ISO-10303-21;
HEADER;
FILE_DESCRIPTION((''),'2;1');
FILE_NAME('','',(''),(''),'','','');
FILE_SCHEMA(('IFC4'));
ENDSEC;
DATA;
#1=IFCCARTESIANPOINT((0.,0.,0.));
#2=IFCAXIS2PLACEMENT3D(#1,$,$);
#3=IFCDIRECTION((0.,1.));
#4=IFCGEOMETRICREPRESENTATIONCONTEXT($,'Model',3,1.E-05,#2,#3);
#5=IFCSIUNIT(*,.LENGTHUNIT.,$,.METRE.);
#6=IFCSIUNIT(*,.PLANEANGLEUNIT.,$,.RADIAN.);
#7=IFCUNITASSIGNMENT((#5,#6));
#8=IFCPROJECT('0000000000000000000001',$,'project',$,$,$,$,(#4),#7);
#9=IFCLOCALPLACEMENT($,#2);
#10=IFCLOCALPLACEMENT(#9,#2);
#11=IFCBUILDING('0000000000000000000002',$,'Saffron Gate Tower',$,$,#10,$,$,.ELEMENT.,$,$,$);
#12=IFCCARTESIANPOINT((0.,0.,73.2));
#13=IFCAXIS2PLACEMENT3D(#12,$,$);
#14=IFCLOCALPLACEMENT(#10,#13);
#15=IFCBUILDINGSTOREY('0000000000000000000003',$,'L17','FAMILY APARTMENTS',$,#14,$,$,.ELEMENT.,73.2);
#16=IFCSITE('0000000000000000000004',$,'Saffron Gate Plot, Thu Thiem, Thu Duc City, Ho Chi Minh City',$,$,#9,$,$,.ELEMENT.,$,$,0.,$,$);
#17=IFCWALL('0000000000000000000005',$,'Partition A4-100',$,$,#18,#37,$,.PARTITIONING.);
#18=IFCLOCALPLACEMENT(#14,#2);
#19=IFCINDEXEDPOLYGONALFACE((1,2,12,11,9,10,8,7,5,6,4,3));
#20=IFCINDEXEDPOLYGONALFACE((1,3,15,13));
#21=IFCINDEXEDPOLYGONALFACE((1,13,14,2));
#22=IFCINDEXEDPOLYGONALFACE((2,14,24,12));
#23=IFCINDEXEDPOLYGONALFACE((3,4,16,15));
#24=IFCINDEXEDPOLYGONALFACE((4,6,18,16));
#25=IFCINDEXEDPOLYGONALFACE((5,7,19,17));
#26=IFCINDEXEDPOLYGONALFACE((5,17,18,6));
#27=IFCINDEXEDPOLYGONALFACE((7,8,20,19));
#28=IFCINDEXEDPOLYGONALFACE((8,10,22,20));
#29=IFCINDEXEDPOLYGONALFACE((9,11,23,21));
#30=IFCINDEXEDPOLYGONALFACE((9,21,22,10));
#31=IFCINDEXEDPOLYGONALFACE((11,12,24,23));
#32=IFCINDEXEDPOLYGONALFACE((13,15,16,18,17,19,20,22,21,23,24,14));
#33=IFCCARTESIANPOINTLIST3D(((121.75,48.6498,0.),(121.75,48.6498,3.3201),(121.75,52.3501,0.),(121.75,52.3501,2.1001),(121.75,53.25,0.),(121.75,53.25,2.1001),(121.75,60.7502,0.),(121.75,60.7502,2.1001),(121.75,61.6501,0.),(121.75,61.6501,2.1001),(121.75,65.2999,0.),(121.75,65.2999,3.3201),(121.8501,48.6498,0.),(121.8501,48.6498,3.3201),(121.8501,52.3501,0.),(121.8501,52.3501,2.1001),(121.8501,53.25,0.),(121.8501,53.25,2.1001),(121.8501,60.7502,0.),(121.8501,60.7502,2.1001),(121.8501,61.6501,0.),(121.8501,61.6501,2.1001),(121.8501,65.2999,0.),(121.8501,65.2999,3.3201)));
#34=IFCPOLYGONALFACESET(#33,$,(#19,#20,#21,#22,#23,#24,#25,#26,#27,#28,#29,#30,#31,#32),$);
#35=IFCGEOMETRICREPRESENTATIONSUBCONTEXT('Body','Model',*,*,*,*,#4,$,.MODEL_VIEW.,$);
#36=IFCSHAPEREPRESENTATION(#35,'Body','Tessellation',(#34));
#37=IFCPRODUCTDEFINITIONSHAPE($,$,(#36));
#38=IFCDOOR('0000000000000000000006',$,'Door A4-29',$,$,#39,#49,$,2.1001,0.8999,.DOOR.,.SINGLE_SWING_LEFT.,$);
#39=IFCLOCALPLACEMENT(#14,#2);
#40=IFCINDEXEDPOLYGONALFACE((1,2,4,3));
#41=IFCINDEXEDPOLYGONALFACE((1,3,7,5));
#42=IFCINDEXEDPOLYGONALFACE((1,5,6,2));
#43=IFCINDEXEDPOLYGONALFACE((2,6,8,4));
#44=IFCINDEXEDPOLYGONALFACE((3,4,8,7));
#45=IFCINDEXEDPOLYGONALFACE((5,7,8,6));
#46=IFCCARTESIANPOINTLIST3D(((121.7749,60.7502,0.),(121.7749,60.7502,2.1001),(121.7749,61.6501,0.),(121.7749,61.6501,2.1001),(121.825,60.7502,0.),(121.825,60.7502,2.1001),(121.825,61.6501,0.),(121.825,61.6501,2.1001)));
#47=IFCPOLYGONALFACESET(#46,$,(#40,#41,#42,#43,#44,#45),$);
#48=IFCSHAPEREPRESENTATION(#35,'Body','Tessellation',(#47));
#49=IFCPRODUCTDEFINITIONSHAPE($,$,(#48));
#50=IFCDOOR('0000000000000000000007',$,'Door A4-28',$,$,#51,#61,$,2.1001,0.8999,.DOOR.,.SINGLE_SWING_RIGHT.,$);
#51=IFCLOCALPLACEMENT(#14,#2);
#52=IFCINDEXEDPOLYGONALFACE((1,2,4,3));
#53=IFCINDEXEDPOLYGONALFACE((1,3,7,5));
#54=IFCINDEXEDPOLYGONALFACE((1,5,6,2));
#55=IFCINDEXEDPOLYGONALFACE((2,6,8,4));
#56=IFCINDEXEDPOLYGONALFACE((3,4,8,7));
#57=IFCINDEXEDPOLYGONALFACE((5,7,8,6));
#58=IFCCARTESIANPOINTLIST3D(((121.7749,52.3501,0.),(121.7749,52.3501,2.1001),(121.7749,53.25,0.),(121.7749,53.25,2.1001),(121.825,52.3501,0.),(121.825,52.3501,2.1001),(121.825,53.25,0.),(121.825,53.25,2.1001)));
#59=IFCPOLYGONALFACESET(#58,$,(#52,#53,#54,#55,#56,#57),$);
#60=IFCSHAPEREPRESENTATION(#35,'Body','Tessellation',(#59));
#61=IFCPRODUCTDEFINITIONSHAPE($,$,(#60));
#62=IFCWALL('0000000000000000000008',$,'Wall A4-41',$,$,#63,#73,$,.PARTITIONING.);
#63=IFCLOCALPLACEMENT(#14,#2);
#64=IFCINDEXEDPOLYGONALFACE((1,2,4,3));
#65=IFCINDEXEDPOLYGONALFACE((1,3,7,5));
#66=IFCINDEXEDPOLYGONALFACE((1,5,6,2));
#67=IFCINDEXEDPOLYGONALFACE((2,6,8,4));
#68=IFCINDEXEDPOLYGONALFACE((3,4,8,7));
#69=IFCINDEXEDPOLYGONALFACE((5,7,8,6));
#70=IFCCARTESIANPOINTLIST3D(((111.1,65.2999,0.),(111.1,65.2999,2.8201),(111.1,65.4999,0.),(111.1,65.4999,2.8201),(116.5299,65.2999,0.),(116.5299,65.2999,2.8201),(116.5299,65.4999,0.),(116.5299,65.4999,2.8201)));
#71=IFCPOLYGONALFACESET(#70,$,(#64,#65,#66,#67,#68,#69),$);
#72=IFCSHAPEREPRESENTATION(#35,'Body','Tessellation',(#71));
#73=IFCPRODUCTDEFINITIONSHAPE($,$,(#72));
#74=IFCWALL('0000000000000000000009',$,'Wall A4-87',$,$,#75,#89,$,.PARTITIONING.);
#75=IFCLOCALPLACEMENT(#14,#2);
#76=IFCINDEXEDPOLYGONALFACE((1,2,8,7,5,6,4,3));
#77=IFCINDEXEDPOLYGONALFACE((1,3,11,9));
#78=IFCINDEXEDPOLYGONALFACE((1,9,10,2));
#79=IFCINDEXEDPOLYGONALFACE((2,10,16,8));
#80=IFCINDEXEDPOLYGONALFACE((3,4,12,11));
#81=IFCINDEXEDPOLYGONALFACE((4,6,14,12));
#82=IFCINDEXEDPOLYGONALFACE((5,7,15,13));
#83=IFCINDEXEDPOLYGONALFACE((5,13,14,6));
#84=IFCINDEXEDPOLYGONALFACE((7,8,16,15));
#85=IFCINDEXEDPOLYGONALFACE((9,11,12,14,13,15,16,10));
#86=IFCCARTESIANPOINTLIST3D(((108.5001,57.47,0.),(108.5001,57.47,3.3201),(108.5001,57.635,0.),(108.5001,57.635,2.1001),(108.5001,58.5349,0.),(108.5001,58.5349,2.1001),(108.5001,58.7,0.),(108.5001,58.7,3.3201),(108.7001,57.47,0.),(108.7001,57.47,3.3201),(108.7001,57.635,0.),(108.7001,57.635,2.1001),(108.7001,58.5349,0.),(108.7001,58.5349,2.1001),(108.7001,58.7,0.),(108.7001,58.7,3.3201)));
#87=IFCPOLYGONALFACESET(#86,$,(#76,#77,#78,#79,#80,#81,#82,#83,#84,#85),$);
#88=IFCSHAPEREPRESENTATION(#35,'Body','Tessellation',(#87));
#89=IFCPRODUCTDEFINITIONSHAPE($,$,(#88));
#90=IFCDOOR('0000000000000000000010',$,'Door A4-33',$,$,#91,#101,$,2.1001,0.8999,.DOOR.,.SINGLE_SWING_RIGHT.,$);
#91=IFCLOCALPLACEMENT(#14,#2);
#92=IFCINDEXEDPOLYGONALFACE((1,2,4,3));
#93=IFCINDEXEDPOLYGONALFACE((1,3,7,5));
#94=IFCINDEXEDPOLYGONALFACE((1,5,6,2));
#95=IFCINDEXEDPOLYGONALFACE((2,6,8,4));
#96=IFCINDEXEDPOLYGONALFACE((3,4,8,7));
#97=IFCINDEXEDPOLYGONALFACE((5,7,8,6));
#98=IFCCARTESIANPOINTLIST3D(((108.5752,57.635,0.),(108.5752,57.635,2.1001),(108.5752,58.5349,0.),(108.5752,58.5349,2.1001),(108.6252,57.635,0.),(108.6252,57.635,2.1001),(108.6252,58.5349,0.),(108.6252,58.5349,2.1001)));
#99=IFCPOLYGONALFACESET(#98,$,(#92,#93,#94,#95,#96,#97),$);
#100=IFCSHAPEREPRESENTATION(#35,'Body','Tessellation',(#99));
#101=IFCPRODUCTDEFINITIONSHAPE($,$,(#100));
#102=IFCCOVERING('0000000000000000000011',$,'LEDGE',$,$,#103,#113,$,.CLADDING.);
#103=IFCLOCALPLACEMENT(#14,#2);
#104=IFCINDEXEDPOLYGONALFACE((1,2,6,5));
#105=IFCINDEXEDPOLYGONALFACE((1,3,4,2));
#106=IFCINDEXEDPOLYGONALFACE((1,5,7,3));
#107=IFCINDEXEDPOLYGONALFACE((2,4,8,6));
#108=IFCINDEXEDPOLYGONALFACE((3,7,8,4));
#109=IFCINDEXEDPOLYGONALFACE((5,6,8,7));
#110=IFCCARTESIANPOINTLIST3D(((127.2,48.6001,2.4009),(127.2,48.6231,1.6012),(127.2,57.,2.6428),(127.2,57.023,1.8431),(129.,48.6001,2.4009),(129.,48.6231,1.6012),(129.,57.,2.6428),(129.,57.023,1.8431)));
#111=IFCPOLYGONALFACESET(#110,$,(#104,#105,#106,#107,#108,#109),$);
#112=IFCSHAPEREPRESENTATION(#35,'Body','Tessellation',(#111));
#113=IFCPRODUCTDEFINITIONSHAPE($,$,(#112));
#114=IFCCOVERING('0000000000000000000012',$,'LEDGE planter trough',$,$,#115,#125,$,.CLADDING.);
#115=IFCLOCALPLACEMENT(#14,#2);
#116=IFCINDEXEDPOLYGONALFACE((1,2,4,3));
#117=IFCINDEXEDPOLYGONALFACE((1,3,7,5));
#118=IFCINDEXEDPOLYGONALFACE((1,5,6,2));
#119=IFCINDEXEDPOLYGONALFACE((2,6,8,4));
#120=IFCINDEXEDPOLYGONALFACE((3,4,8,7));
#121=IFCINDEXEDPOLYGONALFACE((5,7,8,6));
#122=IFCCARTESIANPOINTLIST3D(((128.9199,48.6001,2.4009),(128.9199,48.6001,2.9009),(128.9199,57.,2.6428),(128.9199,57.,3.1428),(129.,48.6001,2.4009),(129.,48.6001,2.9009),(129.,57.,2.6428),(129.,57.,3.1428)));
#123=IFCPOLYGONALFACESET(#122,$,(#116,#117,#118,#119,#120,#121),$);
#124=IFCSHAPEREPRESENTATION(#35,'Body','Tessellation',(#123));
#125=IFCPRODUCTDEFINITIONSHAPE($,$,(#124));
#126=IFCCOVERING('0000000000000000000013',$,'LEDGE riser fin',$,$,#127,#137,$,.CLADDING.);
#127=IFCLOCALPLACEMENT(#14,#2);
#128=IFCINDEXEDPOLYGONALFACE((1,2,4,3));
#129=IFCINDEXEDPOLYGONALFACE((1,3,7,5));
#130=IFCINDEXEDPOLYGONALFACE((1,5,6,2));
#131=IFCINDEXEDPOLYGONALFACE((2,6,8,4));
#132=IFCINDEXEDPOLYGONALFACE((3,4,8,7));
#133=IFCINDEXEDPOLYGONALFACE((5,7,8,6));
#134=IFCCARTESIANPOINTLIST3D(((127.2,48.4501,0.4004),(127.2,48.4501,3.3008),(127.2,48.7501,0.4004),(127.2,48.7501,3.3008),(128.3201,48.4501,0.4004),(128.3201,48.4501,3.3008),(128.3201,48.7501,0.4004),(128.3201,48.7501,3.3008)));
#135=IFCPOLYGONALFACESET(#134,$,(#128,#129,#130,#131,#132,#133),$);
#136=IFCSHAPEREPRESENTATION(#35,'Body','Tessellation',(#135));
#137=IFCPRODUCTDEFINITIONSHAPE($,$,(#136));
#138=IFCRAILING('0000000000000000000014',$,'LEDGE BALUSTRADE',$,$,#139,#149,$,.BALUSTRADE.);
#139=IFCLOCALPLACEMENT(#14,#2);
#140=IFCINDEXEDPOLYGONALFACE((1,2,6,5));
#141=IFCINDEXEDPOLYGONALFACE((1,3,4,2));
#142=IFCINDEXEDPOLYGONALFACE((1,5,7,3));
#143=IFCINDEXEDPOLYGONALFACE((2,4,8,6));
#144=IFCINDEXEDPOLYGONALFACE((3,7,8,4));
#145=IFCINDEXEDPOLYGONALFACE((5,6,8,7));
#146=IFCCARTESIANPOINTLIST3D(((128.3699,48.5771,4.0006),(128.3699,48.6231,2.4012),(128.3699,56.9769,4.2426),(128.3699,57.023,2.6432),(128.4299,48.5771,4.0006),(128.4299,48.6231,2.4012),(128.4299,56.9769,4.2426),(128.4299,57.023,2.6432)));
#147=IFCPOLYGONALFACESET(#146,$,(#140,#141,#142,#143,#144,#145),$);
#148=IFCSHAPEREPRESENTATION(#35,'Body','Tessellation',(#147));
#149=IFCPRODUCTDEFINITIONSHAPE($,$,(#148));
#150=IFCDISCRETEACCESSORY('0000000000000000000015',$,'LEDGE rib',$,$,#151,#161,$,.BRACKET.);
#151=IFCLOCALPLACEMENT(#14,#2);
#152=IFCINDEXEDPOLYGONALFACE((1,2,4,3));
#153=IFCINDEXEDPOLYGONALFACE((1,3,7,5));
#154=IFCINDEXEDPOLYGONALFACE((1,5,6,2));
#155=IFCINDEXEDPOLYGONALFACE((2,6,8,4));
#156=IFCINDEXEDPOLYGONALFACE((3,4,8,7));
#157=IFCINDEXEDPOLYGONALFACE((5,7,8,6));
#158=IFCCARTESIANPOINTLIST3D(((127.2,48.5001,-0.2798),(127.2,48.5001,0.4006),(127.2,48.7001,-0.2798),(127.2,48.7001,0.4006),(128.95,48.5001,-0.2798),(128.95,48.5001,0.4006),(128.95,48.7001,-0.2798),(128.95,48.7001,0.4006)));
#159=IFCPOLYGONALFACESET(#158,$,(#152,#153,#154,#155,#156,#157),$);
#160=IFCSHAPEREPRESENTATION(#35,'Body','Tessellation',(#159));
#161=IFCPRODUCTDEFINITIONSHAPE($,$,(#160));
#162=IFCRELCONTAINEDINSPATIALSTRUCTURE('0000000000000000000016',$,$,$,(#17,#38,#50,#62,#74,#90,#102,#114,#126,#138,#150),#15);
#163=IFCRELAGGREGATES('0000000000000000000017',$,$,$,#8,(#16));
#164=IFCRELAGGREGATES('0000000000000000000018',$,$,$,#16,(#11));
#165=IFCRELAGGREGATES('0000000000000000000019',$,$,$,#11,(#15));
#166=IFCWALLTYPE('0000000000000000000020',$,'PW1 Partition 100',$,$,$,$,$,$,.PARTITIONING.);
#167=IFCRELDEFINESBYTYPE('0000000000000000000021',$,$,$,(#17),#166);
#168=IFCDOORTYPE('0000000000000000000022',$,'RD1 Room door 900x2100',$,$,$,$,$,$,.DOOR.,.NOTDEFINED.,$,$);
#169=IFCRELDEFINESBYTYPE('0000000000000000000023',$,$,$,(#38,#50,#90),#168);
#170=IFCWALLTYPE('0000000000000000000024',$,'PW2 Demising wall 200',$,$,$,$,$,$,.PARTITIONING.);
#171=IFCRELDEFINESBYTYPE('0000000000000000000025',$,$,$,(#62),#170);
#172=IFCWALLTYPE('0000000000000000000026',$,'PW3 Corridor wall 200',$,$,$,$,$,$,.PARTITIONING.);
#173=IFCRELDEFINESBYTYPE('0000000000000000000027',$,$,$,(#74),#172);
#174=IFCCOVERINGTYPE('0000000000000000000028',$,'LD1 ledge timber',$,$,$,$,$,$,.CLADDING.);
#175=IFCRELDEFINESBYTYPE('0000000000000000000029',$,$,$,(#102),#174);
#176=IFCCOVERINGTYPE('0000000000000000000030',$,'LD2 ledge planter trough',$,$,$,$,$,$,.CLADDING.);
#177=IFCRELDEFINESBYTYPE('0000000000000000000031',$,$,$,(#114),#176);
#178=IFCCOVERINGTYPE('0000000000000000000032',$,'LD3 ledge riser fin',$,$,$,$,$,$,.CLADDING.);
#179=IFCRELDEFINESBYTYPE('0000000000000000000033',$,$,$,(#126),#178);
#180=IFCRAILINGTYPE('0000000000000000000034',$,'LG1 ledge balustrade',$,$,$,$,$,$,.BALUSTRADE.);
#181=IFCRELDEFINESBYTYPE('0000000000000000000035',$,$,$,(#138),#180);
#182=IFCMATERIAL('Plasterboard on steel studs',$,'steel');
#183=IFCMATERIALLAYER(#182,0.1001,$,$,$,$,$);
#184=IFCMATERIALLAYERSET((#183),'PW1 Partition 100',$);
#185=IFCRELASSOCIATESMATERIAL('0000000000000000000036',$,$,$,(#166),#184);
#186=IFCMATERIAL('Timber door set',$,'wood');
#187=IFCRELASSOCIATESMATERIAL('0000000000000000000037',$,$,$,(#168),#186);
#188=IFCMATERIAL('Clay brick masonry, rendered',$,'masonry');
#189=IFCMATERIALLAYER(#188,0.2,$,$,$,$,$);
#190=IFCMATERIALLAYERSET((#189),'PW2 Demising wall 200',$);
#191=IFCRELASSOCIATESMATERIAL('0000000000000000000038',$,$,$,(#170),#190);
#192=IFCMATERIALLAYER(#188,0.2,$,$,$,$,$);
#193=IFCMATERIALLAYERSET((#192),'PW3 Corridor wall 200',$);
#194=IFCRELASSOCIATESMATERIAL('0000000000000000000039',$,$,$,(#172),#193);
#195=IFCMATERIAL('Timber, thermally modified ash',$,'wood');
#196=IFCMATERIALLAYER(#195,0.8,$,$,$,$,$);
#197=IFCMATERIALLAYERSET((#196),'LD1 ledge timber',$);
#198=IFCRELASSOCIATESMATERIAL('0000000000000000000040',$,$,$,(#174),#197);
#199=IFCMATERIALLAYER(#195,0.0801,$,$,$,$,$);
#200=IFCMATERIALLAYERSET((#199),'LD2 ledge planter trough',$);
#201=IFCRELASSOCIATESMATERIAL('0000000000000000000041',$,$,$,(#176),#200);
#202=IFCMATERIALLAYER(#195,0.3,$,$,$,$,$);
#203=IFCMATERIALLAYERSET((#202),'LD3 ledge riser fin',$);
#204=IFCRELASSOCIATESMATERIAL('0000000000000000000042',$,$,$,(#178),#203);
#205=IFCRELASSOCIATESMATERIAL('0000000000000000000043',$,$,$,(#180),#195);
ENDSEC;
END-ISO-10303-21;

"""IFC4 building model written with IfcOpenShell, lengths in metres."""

from ifc_helpers import new_model, si_unit, direction, frame, frame_2d, origin, origin_2d, place, context, subcontext, project, spatial, polyline, rectangle, outline, extrude, material, layer, layer_set, type_object, element, fill, save


model = new_model("IFC4")

# Units and contexts
model_context = context("Model", 3, precision=1e-05, world=origin(), true_north=direction((0.0, 1.0)))
body_context = subcontext(model_context, "Body", "Model", "MODEL_VIEW")
ifc_project = project(units=[si_unit("LENGTHUNIT", "METRE"), si_unit("PLANEANGLEUNIT", "RADIAN")], contexts=[model_context])

# Site, building, storey
site_placement = place(None, origin())
site = spatial("IfcSite", under=ifc_project, at=site_placement, Name="Saffron Gate Plot, Thu Thiem, Thu Duc City, Ho Chi Minh City", CompositionType="ELEMENT", RefElevation=0.0)
building_placement = place(site_placement, origin())
building = spatial("IfcBuilding", under=site, at=building_placement, Name="Saffron Gate Tower", CompositionType="ELEMENT")
storey_placement = place(building_placement, frame((0.0, 0.0, 73.2)))
storey = spatial("IfcBuildingStorey", under=building, at=storey_placement, Name="L17", Description="FAMILY APARTMENTS", CompositionType="ELEMENT", Elevation=73.2)

# Shared definitions
ifc_material_1 = material(Name="Plasterboard on steel studs", Category="steel")
ifc_layer_1 = layer(ifc_material_1, 0.1001)
ifc_layer_set_1 = layer_set([ifc_layer_1], Name="PW1 Partition 100")
wall_type_1 = type_object("IfcWallType", Name="PW1 Partition 100", PredefinedType="PARTITIONING", material=ifc_layer_set_1)

# Shared definitions
ifc_material_2 = material(Name="Timber door set", Category="wood")

# Wall, openings, doors
door_type_1 = type_object("IfcDoorType", Name="RD1 Room door 900x2100", OperationType="NOTDEFINED", PredefinedType="DOOR", material=ifc_material_2)
wall_1_placement = place(storey_placement, frame((121.8, 65.3, 0.0), z_axis=(0.0, 0.0, 1.0), x_axis=(0.0, -1.0, 0.0)))
wall_1 = element("IfcWall", 1, at=wall_1_placement, inside=storey, type_object=wall_type_1, Name="Partition A4-100", PredefinedType="PARTITIONING", context=body_context, shape_type="SweptSolid", body=[
    extrude(rectangle(XDim=16.6501, YDim=0.1001, at=frame_2d((8.3252, 0.0))), origin(), (0.0, 0.0, 1.0), 3.3201),
])
opening_1_placement = place(wall_1_placement, frame((3.6499, 0.0, 0.0)))
opening_1 = element("IfcOpeningElement", 2, at=opening_1_placement, cuts=wall_1, PredefinedType="OPENING", context=body_context, shape_type="SweptSolid", body=[
    extrude(rectangle(XDim=0.8999, YDim=2.1001, at=frame_2d((0.45, 1.05))), frame((0.0, 0.0601, 0.0), z_axis=(0.0, -1.0, 0.0), x_axis=(1.0, 0.0, 0.0)), (0.0, 0.0, 1.0), 0.1201),
])
opening_2_placement = place(wall_1_placement, frame((12.05, 0.0, 0.0)))
opening_2 = element("IfcOpeningElement", 3, at=opening_2_placement, cuts=wall_1, PredefinedType="OPENING", context=body_context, shape_type="SweptSolid", body=[
    extrude(rectangle(XDim=0.8999, YDim=2.1001, at=frame_2d((0.45, 1.05))), frame((0.0, 0.0601, 0.0), z_axis=(0.0, -1.0, 0.0), x_axis=(1.0, 0.0, 0.0)), (0.0, 0.0, 1.0), 0.1201),
])
door_1_placement = place(opening_1_placement, origin())
door_1 = element("IfcDoor", 4, at=door_1_placement, inside=storey, type_object=door_type_1, Name="Door A4-29", OperationType="SINGLE_SWING_LEFT", OverallHeight=2.1001, OverallWidth=0.8999, PredefinedType="DOOR", context=body_context, shape_type="SweptSolid", body=[
    extrude(rectangle(XDim=0.8999, YDim=2.1001, at=frame_2d((0.45, 1.05))), frame((0.0, 0.0249, 0.0), z_axis=(0.0, -1.0, 0.0), x_axis=(1.0, 0.0, 0.0)), (0.0, 0.0, 1.0), 0.05),
])
fill(opening_1, door_1)
door_2_placement = place(opening_2_placement, origin())
door_2 = element("IfcDoor", 5, at=door_2_placement, inside=storey, type_object=door_type_1, Name="Door A4-28", OperationType="SINGLE_SWING_RIGHT", OverallHeight=2.1001, OverallWidth=0.8999, PredefinedType="DOOR", context=body_context, shape_type="SweptSolid", body=[
    extrude(rectangle(XDim=0.8999, YDim=2.1001, at=frame_2d((0.45, 1.05))), frame((0.0, 0.0249, 0.0), z_axis=(0.0, -1.0, 0.0), x_axis=(1.0, 0.0, 0.0)), (0.0, 0.0, 1.0), 0.05),
])
fill(opening_2, door_2)

# Wall
ifc_material_3 = material(Name="Clay brick masonry, rendered", Category="masonry")
ifc_layer_2 = layer(ifc_material_3, 0.2)
ifc_layer_set_2 = layer_set([ifc_layer_2], Name="PW2 Demising wall 200")
wall_type_2 = type_object("IfcWallType", Name="PW2 Demising wall 200", PredefinedType="PARTITIONING", material=ifc_layer_set_2)
wall_2_placement = place(storey_placement, frame((111.1001, 65.3999, 0.0), z_axis=(0.0, 0.0, 1.0), x_axis=(1.0, 0.0, 0.0)))
element("IfcWall", 6, at=wall_2_placement, inside=storey, type_object=wall_type_2, Name="Wall A4-41", PredefinedType="PARTITIONING", context=body_context, shape_type="SweptSolid", body=[
    extrude(rectangle(XDim=5.4299, YDim=0.2, at=frame_2d((2.7148, 0.0))), origin(), (0.0, 0.0, 1.0), 2.8201),
])

# Wall, opening, door
ifc_layer_3 = layer(ifc_material_3, 0.2)
ifc_layer_set_3 = layer_set([ifc_layer_3], Name="PW3 Corridor wall 200")
wall_type_3 = type_object("IfcWallType", Name="PW3 Corridor wall 200", PredefinedType="PARTITIONING", material=ifc_layer_set_3)
wall_3_placement = place(storey_placement, frame((108.6001, 57.47, 0.0), z_axis=(0.0, 0.0, 1.0), x_axis=(0.0, 1.0, 0.0)))
wall_3 = element("IfcWall", 7, at=wall_3_placement, inside=storey, type_object=wall_type_3, Name="Wall A4-87", PredefinedType="PARTITIONING", context=body_context, shape_type="SweptSolid", body=[
    extrude(rectangle(XDim=1.23, YDim=0.2, at=frame_2d((0.615, 0.0))), origin(), (0.0, 0.0, 1.0), 3.3201),
])
opening_3_placement = place(wall_3_placement, frame((0.165, 0.0, 0.0)))
opening_3 = element("IfcOpeningElement", 8, at=opening_3_placement, cuts=wall_3, PredefinedType="OPENING", context=body_context, shape_type="SweptSolid", body=[
    extrude(rectangle(XDim=0.8999, YDim=2.1001, at=frame_2d((0.45, 1.05))), frame((0.0, 0.1099, 0.0), z_axis=(0.0, -1.0, 0.0), x_axis=(1.0, 0.0, 0.0)), (0.0, 0.0, 1.0), 0.22),
])
door_3_placement = place(opening_3_placement, origin())
door_3 = element("IfcDoor", 9, at=door_3_placement, inside=storey, type_object=door_type_1, Name="Door A4-33", OperationType="SINGLE_SWING_RIGHT", OverallHeight=2.1001, OverallWidth=0.8999, PredefinedType="DOOR", context=body_context, shape_type="SweptSolid", body=[
    extrude(rectangle(XDim=0.8999, YDim=2.1001, at=frame_2d((0.45, 1.05))), frame((0.0, 0.0249, 0.0), z_axis=(0.0, -1.0, 0.0), x_axis=(1.0, 0.0, 0.0)), (0.0, 0.0, 1.0), 0.05),
])
fill(opening_3, door_3)

# Coverings
ifc_material_4 = material(Name="Timber, thermally modified ash", Category="wood")
ifc_layer_4 = layer(ifc_material_4, 0.8)
ifc_layer_set_4 = layer_set([ifc_layer_4], Name="LD1 ledge timber")
covering_type_1 = type_object("IfcCoveringType", Name="LD1 ledge timber", PredefinedType="CLADDING", material=ifc_layer_set_4)
covering_1_placement = place(storey_placement, frame((127.2, 48.6001, 2.4009), z_axis=(0.0, -0.028791, 0.999585), x_axis=(0.0, 0.999585, 0.028791)))
element("IfcCovering", 10, at=covering_1_placement, inside=storey, type_object=covering_type_1, Name="LEDGE", PredefinedType="CLADDING", context=body_context, shape_type="SweptSolid", body=[
    extrude(outline(polyline([(0.0, 0.0), (8.4034, 0.0), (8.4034, -1.8), (0.0, -1.8), (0.0, 0.0)])), origin(), (0.0, 0.0, -1.0), 0.8),
])
ifc_layer_5 = layer(ifc_material_4, 0.0801)
ifc_layer_set_5 = layer_set([ifc_layer_5], Name="LD2 ledge planter trough")
covering_type_2 = type_object("IfcCoveringType", Name="LD2 ledge planter trough", PredefinedType="CLADDING", material=ifc_layer_set_5)
covering_2_placement = place(storey_placement, frame((129.0, 48.6001, 2.4009), z_axis=(1.0, 0.0, 0.0), x_axis=(0.0, 0.999585, 0.028791)))
element("IfcCovering", 11, at=covering_2_placement, inside=storey, type_object=covering_type_2, Name="LEDGE planter trough", PredefinedType="CLADDING", context=body_context, shape_type="SweptSolid", body=[
    extrude(outline(polyline([(0.0, 0.0), (8.4034, 0.0), (8.4178, 0.4998), (0.0144, 0.4998), (0.0, 0.0)])), origin(), (0.0, 0.0, -1.0), 0.0801),
])
ifc_layer_6 = layer(ifc_material_4, 0.3)
ifc_layer_set_6 = layer_set([ifc_layer_6], Name="LD3 ledge riser fin")
covering_type_3 = type_object("IfcCoveringType", Name="LD3 ledge riser fin", PredefinedType="CLADDING", material=ifc_layer_set_6)
covering_3_placement = place(storey_placement, frame((127.76, 48.6001, 0.4004), z_axis=(0.0, 0.0, 1.0), x_axis=(0.0, 1.0, 0.0)))
element("IfcCovering", 12, at=covering_3_placement, inside=storey, type_object=covering_type_3, Name="LEDGE riser fin", PredefinedType="CLADDING", context=body_context, shape_type="SweptSolid", body=[
    extrude(rectangle(XDim=0.3, YDim=1.1201, at=origin_2d()), origin(), (0.0, 0.0, 1.0), 2.9004),
])

# Railing
railing_type = type_object("IfcRailingType", Name="LG1 ledge balustrade", PredefinedType="BALUSTRADE", material=ifc_material_4)
railing_placement = place(storey_placement, frame((128.3999, 48.6001, 2.4009)))
element("IfcRailing", 13, at=railing_placement, inside=storey, type_object=railing_type, Name="LEDGE BALUSTRADE", PredefinedType="BALUSTRADE", context=body_context, shape_type="SweptSolid", body=[
    extrude(rectangle(XDim=0.0601, YDim=1.6001, at=origin_2d()), frame((0.0, 0.0, 0.8), z_axis=(0.0, 0.999585, 0.028791), x_axis=(-1.0, 0.0, 0.0)), (0.0, 0.0, 1.0), 8.4033),
])

# Discrete accessory
discrete_accessory_placement = place(storey_placement, frame((128.075, 48.6001, -0.2798), z_axis=(0.0, 0.0, 1.0), x_axis=(0.0, 1.0, 0.0)))
element("IfcDiscreteAccessory", 14, at=discrete_accessory_placement, inside=storey, Name="LEDGE rib", PredefinedType="BRACKET", context=body_context, shape_type="SweptSolid", body=[
    extrude(rectangle(XDim=0.2, YDim=1.75, at=origin_2d()), origin(), (0.0, 0.0, 1.0), 0.6804),
])

save(model, "model.ifc")
